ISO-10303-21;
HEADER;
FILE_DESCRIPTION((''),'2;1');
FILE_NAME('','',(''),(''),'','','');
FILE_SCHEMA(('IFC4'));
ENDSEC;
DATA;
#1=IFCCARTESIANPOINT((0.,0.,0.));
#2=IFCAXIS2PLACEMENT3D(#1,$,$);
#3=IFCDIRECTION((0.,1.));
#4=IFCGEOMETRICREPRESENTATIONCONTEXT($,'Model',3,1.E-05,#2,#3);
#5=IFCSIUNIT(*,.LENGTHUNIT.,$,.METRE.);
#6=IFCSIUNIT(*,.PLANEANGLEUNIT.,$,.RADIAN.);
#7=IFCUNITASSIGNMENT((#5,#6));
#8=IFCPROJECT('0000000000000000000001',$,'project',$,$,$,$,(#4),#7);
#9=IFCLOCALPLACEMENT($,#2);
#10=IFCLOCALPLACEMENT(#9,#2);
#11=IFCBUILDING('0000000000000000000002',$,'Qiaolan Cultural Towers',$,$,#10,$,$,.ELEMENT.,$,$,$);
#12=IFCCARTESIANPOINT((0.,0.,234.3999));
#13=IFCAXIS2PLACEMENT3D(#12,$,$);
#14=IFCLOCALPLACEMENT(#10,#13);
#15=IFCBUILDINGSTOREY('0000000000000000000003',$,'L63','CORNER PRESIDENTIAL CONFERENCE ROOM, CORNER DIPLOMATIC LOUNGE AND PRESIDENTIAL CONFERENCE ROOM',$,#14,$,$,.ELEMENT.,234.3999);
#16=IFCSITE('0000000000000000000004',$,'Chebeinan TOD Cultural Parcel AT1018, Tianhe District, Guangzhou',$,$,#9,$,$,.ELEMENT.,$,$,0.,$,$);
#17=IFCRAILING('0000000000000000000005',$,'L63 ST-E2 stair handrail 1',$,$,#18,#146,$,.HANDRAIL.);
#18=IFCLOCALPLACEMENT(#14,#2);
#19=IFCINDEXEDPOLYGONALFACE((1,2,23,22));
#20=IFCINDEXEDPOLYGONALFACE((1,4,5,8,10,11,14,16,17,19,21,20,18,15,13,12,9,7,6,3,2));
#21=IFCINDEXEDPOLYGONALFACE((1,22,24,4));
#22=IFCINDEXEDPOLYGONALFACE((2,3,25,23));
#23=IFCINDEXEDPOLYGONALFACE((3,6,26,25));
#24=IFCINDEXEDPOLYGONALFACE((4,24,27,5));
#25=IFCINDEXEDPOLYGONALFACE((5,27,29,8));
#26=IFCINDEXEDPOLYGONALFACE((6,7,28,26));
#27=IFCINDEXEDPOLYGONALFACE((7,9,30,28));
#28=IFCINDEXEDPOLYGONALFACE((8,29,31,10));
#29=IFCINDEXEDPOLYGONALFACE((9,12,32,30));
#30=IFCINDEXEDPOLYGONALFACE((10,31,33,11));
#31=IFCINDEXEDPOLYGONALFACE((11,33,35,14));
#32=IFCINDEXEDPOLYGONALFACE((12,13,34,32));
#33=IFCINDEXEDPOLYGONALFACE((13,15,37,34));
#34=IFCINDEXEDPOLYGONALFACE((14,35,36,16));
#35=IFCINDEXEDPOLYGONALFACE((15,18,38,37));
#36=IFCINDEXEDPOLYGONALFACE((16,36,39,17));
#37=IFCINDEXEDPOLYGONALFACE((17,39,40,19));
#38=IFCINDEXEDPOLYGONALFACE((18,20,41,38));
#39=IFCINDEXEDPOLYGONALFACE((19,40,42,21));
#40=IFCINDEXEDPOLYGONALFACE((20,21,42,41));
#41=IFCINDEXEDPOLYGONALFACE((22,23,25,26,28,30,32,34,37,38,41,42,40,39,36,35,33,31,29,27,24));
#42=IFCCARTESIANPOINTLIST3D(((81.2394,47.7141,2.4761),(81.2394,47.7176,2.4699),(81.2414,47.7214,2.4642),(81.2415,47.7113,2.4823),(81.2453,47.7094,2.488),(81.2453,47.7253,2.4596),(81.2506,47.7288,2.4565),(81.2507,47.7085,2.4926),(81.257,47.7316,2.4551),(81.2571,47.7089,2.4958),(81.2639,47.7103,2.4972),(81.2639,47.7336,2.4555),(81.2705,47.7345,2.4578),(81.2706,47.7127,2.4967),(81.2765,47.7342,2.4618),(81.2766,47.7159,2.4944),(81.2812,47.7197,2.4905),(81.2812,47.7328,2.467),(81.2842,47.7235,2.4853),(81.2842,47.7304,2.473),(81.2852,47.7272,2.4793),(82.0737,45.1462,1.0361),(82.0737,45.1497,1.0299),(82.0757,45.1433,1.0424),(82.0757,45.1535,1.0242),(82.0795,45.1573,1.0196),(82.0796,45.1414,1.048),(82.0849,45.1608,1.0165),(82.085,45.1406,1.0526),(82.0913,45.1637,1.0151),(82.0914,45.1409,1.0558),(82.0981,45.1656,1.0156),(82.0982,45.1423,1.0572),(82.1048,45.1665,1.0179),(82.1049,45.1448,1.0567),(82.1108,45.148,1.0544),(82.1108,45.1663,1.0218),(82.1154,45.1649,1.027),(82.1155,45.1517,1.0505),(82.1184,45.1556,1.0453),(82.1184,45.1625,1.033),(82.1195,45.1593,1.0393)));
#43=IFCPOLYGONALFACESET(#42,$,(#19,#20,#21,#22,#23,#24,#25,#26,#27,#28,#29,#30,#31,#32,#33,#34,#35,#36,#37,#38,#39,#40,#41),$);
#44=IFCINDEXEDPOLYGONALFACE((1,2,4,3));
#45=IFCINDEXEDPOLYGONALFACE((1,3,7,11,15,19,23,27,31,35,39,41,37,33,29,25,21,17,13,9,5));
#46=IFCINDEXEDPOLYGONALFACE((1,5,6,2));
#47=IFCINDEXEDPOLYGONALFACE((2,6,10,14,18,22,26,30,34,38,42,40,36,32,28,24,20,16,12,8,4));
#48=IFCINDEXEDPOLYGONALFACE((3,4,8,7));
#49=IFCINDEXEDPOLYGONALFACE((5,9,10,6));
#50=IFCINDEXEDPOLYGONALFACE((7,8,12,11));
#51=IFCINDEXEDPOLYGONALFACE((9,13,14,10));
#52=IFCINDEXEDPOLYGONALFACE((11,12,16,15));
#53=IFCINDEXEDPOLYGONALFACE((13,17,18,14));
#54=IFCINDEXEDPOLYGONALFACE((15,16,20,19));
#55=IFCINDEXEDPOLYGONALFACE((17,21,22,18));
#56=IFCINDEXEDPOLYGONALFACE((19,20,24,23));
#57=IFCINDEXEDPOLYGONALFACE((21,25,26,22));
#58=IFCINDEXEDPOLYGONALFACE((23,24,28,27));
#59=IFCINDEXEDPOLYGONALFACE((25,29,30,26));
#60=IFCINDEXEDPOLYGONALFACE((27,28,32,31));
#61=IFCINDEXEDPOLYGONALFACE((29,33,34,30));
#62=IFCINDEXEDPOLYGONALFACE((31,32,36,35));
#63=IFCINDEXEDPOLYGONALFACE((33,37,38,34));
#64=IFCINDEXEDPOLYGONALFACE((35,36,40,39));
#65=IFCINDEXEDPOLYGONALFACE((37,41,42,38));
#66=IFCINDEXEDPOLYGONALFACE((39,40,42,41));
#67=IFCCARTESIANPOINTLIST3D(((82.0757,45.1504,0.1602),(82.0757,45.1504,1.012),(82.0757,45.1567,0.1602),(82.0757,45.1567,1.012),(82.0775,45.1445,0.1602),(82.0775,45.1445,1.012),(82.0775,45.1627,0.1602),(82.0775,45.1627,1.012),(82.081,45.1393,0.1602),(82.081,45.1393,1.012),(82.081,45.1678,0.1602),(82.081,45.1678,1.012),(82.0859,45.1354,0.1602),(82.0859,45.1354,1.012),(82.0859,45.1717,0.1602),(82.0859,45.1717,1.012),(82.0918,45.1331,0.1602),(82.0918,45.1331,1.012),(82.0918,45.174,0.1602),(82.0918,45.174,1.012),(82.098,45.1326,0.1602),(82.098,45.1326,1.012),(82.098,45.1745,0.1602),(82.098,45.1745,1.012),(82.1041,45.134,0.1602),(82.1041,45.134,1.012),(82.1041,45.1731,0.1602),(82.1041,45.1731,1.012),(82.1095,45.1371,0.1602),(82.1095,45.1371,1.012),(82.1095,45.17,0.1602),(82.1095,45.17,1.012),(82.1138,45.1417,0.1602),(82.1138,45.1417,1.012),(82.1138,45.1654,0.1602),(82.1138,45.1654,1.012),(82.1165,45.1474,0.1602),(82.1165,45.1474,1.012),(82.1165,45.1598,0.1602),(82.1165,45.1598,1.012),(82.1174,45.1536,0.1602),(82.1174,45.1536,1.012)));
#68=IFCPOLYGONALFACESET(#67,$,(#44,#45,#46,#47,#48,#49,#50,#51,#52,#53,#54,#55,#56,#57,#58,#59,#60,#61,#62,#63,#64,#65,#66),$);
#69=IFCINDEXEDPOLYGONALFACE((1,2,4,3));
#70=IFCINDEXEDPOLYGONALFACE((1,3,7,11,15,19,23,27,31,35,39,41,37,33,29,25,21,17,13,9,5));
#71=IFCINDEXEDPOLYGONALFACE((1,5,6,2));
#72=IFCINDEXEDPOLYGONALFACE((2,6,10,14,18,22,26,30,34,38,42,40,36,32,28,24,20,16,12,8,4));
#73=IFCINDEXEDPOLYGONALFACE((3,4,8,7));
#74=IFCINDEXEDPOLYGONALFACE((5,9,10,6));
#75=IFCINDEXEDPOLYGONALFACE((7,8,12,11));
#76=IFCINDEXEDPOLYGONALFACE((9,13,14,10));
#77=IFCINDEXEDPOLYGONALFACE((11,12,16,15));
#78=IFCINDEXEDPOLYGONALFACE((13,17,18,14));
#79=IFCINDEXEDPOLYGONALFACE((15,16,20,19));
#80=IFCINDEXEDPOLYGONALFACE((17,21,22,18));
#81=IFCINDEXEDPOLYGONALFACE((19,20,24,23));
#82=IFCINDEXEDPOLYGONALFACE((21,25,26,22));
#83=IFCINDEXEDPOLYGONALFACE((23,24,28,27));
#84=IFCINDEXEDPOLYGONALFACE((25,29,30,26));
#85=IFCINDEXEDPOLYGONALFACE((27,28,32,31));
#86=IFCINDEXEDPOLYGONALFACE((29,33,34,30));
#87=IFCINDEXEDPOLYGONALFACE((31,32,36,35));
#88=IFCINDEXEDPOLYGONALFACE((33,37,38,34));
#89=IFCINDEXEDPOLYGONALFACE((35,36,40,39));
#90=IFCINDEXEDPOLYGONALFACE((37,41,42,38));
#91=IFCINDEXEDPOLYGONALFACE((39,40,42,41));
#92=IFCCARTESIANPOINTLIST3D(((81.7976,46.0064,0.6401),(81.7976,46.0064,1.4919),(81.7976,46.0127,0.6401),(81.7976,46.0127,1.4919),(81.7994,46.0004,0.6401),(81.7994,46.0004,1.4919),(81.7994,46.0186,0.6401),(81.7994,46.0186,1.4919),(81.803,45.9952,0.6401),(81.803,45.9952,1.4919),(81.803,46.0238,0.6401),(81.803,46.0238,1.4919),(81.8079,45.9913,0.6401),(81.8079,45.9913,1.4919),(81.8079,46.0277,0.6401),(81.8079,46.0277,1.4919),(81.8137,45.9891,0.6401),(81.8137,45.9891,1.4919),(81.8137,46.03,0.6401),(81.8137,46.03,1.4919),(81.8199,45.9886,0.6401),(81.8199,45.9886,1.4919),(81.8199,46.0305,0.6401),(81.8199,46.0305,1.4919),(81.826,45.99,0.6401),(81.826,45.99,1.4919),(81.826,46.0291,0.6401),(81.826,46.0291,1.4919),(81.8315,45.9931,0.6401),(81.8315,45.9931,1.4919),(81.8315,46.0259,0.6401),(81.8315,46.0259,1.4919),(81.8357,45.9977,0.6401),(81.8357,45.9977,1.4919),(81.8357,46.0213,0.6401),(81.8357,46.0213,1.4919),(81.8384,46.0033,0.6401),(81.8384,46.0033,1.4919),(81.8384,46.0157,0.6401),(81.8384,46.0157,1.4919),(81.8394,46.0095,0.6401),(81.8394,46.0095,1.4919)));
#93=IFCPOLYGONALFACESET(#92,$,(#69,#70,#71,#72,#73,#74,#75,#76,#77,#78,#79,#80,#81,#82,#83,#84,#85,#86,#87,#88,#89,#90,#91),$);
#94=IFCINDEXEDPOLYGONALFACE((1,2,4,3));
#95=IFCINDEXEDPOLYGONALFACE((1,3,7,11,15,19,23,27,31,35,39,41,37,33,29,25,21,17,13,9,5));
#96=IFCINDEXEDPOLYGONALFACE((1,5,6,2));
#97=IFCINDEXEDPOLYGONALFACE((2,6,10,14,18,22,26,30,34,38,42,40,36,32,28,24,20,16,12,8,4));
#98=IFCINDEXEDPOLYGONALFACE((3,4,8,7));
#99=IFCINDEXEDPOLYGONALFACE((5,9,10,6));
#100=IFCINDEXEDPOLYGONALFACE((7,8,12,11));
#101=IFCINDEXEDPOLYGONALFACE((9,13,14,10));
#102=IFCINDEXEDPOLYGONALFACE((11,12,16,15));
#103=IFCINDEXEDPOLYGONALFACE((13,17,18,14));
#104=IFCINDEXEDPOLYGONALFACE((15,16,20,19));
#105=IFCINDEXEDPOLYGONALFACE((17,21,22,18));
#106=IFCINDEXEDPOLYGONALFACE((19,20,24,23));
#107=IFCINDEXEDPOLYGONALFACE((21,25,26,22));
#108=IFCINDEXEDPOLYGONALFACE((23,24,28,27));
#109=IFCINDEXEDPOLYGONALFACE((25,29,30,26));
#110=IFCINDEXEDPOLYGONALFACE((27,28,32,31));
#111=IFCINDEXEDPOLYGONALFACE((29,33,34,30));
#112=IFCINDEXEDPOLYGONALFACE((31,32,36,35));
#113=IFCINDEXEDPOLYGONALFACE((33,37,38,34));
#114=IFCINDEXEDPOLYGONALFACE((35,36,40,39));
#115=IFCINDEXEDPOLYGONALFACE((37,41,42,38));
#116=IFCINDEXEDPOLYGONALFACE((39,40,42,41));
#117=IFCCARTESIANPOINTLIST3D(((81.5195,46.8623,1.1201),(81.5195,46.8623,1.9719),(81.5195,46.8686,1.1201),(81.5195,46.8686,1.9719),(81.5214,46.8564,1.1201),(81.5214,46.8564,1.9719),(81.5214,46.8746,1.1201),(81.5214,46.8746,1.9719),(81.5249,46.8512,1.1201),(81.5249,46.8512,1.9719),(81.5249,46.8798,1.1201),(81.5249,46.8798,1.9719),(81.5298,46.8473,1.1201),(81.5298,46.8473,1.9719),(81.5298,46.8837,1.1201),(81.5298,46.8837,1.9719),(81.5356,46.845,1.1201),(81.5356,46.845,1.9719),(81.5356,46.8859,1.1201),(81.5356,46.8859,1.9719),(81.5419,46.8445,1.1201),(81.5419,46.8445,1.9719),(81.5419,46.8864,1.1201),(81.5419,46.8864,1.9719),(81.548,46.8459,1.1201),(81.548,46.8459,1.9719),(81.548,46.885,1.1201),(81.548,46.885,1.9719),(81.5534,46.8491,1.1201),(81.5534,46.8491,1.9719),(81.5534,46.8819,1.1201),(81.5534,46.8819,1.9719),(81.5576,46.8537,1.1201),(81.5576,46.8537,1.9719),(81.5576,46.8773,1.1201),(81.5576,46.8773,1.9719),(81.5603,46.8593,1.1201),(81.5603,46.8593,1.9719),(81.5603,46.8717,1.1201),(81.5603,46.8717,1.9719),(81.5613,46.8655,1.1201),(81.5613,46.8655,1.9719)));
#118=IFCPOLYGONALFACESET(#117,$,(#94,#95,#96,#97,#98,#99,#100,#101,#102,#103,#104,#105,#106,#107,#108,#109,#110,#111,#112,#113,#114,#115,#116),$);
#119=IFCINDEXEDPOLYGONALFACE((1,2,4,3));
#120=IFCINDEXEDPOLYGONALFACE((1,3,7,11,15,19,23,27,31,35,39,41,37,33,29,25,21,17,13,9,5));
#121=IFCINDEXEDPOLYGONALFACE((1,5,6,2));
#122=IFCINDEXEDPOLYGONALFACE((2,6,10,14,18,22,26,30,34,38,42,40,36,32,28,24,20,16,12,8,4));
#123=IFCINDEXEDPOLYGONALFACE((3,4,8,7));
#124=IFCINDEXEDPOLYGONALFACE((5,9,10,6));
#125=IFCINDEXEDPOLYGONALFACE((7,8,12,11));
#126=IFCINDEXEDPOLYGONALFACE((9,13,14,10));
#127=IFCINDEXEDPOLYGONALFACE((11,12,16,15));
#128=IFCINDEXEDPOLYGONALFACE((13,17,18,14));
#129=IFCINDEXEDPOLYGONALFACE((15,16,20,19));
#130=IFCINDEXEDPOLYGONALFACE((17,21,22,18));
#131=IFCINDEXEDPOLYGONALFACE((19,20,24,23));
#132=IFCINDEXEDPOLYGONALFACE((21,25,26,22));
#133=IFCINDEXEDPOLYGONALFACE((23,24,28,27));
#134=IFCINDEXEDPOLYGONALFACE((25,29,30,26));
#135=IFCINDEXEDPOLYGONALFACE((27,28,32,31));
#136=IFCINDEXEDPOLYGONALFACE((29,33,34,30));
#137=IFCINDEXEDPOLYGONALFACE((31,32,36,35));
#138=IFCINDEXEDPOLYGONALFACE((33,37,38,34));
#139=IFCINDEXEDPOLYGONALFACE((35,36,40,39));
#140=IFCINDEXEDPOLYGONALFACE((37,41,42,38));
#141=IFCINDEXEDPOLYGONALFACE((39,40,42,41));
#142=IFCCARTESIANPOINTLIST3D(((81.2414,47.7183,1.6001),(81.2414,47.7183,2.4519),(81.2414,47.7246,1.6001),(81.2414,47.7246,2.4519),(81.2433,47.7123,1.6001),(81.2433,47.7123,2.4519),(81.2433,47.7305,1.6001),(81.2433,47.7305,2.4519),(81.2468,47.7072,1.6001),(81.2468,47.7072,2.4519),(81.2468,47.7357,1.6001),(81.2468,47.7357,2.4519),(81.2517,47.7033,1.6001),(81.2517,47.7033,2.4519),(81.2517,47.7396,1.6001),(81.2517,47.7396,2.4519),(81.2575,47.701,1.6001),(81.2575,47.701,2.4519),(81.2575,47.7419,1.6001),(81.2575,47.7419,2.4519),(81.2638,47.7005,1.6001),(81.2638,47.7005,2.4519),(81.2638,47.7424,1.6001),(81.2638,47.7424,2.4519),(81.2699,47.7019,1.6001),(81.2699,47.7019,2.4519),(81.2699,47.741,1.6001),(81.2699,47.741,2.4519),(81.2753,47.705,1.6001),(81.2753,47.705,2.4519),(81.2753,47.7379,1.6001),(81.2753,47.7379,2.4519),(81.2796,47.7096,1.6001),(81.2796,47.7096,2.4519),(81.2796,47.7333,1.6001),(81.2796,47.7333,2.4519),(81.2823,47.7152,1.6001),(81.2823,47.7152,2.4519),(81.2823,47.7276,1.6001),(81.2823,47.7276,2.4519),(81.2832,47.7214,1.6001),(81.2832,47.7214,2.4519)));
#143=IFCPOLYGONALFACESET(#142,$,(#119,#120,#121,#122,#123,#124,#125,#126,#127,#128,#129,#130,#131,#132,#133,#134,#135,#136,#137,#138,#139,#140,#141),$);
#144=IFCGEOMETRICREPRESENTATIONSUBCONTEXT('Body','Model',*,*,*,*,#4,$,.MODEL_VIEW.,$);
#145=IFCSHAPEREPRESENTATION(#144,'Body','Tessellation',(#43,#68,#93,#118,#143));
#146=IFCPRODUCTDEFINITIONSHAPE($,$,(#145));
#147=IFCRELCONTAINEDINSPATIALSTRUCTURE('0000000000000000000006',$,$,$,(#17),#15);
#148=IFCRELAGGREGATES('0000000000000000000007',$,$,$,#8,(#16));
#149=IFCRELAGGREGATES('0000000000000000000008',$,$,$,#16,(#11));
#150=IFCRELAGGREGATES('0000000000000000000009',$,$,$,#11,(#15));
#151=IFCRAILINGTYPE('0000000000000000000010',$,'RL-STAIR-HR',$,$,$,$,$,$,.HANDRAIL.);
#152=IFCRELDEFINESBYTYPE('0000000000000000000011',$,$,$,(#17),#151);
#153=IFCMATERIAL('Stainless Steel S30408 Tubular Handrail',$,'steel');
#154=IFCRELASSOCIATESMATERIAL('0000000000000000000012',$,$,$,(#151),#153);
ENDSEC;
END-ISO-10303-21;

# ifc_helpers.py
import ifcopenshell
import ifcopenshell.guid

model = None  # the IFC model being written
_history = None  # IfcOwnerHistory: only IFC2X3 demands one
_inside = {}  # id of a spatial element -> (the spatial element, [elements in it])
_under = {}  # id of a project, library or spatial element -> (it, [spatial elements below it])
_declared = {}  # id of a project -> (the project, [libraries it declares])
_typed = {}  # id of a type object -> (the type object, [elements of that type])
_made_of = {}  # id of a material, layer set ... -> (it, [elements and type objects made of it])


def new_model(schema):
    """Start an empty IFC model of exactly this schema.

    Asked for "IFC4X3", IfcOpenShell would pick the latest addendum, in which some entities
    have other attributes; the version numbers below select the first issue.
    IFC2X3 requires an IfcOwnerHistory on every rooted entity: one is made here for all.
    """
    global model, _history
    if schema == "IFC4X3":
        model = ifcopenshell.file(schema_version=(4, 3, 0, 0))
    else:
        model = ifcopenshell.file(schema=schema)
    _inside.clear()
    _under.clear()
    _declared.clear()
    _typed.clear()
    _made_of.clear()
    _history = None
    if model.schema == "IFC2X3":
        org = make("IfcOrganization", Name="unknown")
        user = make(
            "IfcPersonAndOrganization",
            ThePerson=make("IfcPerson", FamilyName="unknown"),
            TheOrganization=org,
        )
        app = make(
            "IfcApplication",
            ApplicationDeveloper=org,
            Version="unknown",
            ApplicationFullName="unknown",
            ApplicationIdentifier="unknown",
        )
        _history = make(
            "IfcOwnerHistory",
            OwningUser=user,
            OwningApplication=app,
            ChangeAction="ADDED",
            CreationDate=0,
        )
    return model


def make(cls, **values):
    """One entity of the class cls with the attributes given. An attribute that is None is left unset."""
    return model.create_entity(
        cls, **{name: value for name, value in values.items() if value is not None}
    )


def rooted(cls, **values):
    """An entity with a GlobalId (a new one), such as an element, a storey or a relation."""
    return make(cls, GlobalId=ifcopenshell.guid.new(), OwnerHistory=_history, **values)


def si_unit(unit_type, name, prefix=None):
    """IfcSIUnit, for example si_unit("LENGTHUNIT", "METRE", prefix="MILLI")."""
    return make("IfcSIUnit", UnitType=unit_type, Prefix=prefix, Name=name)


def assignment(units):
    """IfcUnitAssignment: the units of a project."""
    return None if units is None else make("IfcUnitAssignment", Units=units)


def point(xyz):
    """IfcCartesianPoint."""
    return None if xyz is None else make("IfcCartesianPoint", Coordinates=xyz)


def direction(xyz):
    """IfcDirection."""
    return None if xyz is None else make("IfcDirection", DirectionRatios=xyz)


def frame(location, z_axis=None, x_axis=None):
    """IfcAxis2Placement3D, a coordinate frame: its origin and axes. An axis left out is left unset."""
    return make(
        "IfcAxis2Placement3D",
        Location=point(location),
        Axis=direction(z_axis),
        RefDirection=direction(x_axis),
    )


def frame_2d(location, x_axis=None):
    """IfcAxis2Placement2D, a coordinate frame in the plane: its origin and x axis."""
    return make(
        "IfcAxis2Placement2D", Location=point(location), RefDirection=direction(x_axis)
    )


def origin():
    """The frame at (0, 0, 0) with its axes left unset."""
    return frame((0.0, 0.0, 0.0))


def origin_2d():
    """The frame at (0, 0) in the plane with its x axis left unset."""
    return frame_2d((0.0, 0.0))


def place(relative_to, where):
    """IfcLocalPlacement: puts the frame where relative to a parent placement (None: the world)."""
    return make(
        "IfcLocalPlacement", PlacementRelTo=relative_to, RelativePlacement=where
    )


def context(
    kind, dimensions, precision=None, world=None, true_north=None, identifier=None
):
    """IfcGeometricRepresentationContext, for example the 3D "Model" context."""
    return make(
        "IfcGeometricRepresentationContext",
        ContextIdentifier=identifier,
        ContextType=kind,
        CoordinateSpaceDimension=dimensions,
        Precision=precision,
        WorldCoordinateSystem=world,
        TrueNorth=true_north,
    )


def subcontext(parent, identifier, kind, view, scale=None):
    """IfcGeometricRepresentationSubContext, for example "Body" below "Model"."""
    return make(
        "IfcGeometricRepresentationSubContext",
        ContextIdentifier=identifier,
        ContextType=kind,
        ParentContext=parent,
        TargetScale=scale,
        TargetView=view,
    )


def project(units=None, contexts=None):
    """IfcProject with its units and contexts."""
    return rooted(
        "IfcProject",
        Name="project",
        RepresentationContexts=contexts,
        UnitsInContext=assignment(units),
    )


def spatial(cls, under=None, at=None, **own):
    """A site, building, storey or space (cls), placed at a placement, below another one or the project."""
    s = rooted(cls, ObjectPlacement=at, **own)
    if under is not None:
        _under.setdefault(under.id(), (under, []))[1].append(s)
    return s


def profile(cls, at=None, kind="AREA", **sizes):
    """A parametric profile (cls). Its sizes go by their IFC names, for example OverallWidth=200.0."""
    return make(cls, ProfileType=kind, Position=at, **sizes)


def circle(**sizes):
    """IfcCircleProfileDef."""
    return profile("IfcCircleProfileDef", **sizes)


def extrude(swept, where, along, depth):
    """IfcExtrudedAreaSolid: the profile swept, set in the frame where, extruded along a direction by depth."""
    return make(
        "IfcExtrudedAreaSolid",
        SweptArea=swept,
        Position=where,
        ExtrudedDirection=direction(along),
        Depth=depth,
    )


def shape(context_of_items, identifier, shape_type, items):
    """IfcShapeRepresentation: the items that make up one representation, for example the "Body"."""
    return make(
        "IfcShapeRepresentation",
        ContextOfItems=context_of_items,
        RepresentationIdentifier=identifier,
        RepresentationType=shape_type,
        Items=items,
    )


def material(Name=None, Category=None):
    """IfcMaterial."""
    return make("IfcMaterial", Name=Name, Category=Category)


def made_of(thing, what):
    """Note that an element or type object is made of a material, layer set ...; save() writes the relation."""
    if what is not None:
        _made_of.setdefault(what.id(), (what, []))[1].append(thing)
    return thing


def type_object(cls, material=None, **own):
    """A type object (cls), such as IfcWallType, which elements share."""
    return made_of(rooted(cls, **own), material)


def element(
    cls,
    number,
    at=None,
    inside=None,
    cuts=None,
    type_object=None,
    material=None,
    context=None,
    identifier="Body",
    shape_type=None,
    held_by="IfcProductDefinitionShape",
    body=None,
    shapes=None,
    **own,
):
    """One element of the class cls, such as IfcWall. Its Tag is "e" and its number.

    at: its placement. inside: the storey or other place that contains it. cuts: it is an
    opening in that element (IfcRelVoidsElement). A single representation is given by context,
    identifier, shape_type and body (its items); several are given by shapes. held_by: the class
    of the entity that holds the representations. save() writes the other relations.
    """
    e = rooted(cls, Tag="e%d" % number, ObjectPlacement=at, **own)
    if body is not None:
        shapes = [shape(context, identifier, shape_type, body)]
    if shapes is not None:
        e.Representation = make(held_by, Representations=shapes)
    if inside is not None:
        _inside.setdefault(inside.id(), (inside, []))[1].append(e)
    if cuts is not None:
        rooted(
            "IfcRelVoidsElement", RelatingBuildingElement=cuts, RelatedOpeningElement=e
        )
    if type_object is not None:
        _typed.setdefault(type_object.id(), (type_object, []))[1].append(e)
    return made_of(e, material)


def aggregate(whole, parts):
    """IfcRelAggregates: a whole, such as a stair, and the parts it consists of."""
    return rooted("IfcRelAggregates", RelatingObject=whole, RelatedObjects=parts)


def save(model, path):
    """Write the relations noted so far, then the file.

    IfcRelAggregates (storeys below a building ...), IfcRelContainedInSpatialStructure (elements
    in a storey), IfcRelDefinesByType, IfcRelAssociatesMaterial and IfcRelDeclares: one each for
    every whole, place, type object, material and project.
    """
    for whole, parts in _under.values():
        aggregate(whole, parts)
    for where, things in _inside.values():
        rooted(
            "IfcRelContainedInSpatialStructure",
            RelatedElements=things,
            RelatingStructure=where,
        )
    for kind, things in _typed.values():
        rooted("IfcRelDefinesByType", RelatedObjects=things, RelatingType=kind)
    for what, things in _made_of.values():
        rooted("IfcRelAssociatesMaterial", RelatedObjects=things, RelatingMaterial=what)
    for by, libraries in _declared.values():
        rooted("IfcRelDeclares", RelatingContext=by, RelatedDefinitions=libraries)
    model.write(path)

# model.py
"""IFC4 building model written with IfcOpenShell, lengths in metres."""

from ifc_helpers import new_model, si_unit, direction, frame, origin, origin_2d, place, context, subcontext, project, spatial, circle, extrude, material, type_object, element, save


model = new_model("IFC4")

# Units and contexts
model_context = context("Model", 3, precision=1e-05, world=origin(), true_north=direction((0.0, 1.0)))
body_context = subcontext(model_context, "Body", "Model", "MODEL_VIEW")
ifc_project = project(units=[si_unit("LENGTHUNIT", "METRE"), si_unit("PLANEANGLEUNIT", "RADIAN")], contexts=[model_context])

# Site, building, storey
site_placement = place(None, origin())
site = spatial("IfcSite", under=ifc_project, at=site_placement, Name="Chebeinan TOD Cultural Parcel AT1018, Tianhe District, Guangzhou", CompositionType="ELEMENT", RefElevation=0.0)
building_placement = place(site_placement, origin())
building = spatial("IfcBuilding", under=site, at=building_placement, Name="Qiaolan Cultural Towers", CompositionType="ELEMENT")
storey_placement = place(building_placement, frame((0.0, 0.0, 234.3999)))
storey = spatial("IfcBuildingStorey", under=building, at=storey_placement, Name="L63", Description="CORNER PRESIDENTIAL CONFERENCE ROOM, CORNER DIPLOMATIC LOUNGE AND PRESIDENTIAL CONFERENCE ROOM", CompositionType="ELEMENT", Elevation=234.3999)

# Railing
ifc_material_1 = material(Name="Stainless Steel S30408 Tubular Handrail", Category="steel")
railing_type_1 = type_object("IfcRailingType", Name="RL-STAIR-HR", PredefinedType="HANDRAIL", material=ifc_material_1)
railing_1_placement = place(storey_placement, frame((82.0964, 45.1536, 0.1602)))
element("IfcRailing", 1, at=railing_1_placement, inside=storey, type_object=railing_type_1, Name="L63 ST-E2 stair handrail 1", PredefinedType="HANDRAIL", context=body_context, shape_type="SweptSolid", body=[
    extrude(circle(Radius=0.0239, at=origin_2d()), frame((0.0, 0.0, 0.876), z_axis=(-0.272628, 0.839186, 0.470576), x_axis=(-0.95107, -0.308976, 0.0)), (0.0, 0.0, 1.0), 3.0601),
    extrude(circle(Radius=0.021, at=origin_2d()), origin(), (0.0, 0.0, 1.0), 0.8518),
    extrude(circle(Radius=0.021, at=origin_2d()), frame((-0.2781, 0.856, 0.48)), (0.0, 0.0, 1.0), 0.8518),
    extrude(circle(Radius=0.021, at=origin_2d()), frame((-0.5562, 1.7119, 0.96)), (0.0, 0.0, 1.0), 0.8518),
    extrude(circle(Radius=0.021, at=origin_2d()), frame((-0.8342, 2.5679, 1.4399)), (0.0, 0.0, 1.0), 0.8518),
])

save(model, "model.ifc")
